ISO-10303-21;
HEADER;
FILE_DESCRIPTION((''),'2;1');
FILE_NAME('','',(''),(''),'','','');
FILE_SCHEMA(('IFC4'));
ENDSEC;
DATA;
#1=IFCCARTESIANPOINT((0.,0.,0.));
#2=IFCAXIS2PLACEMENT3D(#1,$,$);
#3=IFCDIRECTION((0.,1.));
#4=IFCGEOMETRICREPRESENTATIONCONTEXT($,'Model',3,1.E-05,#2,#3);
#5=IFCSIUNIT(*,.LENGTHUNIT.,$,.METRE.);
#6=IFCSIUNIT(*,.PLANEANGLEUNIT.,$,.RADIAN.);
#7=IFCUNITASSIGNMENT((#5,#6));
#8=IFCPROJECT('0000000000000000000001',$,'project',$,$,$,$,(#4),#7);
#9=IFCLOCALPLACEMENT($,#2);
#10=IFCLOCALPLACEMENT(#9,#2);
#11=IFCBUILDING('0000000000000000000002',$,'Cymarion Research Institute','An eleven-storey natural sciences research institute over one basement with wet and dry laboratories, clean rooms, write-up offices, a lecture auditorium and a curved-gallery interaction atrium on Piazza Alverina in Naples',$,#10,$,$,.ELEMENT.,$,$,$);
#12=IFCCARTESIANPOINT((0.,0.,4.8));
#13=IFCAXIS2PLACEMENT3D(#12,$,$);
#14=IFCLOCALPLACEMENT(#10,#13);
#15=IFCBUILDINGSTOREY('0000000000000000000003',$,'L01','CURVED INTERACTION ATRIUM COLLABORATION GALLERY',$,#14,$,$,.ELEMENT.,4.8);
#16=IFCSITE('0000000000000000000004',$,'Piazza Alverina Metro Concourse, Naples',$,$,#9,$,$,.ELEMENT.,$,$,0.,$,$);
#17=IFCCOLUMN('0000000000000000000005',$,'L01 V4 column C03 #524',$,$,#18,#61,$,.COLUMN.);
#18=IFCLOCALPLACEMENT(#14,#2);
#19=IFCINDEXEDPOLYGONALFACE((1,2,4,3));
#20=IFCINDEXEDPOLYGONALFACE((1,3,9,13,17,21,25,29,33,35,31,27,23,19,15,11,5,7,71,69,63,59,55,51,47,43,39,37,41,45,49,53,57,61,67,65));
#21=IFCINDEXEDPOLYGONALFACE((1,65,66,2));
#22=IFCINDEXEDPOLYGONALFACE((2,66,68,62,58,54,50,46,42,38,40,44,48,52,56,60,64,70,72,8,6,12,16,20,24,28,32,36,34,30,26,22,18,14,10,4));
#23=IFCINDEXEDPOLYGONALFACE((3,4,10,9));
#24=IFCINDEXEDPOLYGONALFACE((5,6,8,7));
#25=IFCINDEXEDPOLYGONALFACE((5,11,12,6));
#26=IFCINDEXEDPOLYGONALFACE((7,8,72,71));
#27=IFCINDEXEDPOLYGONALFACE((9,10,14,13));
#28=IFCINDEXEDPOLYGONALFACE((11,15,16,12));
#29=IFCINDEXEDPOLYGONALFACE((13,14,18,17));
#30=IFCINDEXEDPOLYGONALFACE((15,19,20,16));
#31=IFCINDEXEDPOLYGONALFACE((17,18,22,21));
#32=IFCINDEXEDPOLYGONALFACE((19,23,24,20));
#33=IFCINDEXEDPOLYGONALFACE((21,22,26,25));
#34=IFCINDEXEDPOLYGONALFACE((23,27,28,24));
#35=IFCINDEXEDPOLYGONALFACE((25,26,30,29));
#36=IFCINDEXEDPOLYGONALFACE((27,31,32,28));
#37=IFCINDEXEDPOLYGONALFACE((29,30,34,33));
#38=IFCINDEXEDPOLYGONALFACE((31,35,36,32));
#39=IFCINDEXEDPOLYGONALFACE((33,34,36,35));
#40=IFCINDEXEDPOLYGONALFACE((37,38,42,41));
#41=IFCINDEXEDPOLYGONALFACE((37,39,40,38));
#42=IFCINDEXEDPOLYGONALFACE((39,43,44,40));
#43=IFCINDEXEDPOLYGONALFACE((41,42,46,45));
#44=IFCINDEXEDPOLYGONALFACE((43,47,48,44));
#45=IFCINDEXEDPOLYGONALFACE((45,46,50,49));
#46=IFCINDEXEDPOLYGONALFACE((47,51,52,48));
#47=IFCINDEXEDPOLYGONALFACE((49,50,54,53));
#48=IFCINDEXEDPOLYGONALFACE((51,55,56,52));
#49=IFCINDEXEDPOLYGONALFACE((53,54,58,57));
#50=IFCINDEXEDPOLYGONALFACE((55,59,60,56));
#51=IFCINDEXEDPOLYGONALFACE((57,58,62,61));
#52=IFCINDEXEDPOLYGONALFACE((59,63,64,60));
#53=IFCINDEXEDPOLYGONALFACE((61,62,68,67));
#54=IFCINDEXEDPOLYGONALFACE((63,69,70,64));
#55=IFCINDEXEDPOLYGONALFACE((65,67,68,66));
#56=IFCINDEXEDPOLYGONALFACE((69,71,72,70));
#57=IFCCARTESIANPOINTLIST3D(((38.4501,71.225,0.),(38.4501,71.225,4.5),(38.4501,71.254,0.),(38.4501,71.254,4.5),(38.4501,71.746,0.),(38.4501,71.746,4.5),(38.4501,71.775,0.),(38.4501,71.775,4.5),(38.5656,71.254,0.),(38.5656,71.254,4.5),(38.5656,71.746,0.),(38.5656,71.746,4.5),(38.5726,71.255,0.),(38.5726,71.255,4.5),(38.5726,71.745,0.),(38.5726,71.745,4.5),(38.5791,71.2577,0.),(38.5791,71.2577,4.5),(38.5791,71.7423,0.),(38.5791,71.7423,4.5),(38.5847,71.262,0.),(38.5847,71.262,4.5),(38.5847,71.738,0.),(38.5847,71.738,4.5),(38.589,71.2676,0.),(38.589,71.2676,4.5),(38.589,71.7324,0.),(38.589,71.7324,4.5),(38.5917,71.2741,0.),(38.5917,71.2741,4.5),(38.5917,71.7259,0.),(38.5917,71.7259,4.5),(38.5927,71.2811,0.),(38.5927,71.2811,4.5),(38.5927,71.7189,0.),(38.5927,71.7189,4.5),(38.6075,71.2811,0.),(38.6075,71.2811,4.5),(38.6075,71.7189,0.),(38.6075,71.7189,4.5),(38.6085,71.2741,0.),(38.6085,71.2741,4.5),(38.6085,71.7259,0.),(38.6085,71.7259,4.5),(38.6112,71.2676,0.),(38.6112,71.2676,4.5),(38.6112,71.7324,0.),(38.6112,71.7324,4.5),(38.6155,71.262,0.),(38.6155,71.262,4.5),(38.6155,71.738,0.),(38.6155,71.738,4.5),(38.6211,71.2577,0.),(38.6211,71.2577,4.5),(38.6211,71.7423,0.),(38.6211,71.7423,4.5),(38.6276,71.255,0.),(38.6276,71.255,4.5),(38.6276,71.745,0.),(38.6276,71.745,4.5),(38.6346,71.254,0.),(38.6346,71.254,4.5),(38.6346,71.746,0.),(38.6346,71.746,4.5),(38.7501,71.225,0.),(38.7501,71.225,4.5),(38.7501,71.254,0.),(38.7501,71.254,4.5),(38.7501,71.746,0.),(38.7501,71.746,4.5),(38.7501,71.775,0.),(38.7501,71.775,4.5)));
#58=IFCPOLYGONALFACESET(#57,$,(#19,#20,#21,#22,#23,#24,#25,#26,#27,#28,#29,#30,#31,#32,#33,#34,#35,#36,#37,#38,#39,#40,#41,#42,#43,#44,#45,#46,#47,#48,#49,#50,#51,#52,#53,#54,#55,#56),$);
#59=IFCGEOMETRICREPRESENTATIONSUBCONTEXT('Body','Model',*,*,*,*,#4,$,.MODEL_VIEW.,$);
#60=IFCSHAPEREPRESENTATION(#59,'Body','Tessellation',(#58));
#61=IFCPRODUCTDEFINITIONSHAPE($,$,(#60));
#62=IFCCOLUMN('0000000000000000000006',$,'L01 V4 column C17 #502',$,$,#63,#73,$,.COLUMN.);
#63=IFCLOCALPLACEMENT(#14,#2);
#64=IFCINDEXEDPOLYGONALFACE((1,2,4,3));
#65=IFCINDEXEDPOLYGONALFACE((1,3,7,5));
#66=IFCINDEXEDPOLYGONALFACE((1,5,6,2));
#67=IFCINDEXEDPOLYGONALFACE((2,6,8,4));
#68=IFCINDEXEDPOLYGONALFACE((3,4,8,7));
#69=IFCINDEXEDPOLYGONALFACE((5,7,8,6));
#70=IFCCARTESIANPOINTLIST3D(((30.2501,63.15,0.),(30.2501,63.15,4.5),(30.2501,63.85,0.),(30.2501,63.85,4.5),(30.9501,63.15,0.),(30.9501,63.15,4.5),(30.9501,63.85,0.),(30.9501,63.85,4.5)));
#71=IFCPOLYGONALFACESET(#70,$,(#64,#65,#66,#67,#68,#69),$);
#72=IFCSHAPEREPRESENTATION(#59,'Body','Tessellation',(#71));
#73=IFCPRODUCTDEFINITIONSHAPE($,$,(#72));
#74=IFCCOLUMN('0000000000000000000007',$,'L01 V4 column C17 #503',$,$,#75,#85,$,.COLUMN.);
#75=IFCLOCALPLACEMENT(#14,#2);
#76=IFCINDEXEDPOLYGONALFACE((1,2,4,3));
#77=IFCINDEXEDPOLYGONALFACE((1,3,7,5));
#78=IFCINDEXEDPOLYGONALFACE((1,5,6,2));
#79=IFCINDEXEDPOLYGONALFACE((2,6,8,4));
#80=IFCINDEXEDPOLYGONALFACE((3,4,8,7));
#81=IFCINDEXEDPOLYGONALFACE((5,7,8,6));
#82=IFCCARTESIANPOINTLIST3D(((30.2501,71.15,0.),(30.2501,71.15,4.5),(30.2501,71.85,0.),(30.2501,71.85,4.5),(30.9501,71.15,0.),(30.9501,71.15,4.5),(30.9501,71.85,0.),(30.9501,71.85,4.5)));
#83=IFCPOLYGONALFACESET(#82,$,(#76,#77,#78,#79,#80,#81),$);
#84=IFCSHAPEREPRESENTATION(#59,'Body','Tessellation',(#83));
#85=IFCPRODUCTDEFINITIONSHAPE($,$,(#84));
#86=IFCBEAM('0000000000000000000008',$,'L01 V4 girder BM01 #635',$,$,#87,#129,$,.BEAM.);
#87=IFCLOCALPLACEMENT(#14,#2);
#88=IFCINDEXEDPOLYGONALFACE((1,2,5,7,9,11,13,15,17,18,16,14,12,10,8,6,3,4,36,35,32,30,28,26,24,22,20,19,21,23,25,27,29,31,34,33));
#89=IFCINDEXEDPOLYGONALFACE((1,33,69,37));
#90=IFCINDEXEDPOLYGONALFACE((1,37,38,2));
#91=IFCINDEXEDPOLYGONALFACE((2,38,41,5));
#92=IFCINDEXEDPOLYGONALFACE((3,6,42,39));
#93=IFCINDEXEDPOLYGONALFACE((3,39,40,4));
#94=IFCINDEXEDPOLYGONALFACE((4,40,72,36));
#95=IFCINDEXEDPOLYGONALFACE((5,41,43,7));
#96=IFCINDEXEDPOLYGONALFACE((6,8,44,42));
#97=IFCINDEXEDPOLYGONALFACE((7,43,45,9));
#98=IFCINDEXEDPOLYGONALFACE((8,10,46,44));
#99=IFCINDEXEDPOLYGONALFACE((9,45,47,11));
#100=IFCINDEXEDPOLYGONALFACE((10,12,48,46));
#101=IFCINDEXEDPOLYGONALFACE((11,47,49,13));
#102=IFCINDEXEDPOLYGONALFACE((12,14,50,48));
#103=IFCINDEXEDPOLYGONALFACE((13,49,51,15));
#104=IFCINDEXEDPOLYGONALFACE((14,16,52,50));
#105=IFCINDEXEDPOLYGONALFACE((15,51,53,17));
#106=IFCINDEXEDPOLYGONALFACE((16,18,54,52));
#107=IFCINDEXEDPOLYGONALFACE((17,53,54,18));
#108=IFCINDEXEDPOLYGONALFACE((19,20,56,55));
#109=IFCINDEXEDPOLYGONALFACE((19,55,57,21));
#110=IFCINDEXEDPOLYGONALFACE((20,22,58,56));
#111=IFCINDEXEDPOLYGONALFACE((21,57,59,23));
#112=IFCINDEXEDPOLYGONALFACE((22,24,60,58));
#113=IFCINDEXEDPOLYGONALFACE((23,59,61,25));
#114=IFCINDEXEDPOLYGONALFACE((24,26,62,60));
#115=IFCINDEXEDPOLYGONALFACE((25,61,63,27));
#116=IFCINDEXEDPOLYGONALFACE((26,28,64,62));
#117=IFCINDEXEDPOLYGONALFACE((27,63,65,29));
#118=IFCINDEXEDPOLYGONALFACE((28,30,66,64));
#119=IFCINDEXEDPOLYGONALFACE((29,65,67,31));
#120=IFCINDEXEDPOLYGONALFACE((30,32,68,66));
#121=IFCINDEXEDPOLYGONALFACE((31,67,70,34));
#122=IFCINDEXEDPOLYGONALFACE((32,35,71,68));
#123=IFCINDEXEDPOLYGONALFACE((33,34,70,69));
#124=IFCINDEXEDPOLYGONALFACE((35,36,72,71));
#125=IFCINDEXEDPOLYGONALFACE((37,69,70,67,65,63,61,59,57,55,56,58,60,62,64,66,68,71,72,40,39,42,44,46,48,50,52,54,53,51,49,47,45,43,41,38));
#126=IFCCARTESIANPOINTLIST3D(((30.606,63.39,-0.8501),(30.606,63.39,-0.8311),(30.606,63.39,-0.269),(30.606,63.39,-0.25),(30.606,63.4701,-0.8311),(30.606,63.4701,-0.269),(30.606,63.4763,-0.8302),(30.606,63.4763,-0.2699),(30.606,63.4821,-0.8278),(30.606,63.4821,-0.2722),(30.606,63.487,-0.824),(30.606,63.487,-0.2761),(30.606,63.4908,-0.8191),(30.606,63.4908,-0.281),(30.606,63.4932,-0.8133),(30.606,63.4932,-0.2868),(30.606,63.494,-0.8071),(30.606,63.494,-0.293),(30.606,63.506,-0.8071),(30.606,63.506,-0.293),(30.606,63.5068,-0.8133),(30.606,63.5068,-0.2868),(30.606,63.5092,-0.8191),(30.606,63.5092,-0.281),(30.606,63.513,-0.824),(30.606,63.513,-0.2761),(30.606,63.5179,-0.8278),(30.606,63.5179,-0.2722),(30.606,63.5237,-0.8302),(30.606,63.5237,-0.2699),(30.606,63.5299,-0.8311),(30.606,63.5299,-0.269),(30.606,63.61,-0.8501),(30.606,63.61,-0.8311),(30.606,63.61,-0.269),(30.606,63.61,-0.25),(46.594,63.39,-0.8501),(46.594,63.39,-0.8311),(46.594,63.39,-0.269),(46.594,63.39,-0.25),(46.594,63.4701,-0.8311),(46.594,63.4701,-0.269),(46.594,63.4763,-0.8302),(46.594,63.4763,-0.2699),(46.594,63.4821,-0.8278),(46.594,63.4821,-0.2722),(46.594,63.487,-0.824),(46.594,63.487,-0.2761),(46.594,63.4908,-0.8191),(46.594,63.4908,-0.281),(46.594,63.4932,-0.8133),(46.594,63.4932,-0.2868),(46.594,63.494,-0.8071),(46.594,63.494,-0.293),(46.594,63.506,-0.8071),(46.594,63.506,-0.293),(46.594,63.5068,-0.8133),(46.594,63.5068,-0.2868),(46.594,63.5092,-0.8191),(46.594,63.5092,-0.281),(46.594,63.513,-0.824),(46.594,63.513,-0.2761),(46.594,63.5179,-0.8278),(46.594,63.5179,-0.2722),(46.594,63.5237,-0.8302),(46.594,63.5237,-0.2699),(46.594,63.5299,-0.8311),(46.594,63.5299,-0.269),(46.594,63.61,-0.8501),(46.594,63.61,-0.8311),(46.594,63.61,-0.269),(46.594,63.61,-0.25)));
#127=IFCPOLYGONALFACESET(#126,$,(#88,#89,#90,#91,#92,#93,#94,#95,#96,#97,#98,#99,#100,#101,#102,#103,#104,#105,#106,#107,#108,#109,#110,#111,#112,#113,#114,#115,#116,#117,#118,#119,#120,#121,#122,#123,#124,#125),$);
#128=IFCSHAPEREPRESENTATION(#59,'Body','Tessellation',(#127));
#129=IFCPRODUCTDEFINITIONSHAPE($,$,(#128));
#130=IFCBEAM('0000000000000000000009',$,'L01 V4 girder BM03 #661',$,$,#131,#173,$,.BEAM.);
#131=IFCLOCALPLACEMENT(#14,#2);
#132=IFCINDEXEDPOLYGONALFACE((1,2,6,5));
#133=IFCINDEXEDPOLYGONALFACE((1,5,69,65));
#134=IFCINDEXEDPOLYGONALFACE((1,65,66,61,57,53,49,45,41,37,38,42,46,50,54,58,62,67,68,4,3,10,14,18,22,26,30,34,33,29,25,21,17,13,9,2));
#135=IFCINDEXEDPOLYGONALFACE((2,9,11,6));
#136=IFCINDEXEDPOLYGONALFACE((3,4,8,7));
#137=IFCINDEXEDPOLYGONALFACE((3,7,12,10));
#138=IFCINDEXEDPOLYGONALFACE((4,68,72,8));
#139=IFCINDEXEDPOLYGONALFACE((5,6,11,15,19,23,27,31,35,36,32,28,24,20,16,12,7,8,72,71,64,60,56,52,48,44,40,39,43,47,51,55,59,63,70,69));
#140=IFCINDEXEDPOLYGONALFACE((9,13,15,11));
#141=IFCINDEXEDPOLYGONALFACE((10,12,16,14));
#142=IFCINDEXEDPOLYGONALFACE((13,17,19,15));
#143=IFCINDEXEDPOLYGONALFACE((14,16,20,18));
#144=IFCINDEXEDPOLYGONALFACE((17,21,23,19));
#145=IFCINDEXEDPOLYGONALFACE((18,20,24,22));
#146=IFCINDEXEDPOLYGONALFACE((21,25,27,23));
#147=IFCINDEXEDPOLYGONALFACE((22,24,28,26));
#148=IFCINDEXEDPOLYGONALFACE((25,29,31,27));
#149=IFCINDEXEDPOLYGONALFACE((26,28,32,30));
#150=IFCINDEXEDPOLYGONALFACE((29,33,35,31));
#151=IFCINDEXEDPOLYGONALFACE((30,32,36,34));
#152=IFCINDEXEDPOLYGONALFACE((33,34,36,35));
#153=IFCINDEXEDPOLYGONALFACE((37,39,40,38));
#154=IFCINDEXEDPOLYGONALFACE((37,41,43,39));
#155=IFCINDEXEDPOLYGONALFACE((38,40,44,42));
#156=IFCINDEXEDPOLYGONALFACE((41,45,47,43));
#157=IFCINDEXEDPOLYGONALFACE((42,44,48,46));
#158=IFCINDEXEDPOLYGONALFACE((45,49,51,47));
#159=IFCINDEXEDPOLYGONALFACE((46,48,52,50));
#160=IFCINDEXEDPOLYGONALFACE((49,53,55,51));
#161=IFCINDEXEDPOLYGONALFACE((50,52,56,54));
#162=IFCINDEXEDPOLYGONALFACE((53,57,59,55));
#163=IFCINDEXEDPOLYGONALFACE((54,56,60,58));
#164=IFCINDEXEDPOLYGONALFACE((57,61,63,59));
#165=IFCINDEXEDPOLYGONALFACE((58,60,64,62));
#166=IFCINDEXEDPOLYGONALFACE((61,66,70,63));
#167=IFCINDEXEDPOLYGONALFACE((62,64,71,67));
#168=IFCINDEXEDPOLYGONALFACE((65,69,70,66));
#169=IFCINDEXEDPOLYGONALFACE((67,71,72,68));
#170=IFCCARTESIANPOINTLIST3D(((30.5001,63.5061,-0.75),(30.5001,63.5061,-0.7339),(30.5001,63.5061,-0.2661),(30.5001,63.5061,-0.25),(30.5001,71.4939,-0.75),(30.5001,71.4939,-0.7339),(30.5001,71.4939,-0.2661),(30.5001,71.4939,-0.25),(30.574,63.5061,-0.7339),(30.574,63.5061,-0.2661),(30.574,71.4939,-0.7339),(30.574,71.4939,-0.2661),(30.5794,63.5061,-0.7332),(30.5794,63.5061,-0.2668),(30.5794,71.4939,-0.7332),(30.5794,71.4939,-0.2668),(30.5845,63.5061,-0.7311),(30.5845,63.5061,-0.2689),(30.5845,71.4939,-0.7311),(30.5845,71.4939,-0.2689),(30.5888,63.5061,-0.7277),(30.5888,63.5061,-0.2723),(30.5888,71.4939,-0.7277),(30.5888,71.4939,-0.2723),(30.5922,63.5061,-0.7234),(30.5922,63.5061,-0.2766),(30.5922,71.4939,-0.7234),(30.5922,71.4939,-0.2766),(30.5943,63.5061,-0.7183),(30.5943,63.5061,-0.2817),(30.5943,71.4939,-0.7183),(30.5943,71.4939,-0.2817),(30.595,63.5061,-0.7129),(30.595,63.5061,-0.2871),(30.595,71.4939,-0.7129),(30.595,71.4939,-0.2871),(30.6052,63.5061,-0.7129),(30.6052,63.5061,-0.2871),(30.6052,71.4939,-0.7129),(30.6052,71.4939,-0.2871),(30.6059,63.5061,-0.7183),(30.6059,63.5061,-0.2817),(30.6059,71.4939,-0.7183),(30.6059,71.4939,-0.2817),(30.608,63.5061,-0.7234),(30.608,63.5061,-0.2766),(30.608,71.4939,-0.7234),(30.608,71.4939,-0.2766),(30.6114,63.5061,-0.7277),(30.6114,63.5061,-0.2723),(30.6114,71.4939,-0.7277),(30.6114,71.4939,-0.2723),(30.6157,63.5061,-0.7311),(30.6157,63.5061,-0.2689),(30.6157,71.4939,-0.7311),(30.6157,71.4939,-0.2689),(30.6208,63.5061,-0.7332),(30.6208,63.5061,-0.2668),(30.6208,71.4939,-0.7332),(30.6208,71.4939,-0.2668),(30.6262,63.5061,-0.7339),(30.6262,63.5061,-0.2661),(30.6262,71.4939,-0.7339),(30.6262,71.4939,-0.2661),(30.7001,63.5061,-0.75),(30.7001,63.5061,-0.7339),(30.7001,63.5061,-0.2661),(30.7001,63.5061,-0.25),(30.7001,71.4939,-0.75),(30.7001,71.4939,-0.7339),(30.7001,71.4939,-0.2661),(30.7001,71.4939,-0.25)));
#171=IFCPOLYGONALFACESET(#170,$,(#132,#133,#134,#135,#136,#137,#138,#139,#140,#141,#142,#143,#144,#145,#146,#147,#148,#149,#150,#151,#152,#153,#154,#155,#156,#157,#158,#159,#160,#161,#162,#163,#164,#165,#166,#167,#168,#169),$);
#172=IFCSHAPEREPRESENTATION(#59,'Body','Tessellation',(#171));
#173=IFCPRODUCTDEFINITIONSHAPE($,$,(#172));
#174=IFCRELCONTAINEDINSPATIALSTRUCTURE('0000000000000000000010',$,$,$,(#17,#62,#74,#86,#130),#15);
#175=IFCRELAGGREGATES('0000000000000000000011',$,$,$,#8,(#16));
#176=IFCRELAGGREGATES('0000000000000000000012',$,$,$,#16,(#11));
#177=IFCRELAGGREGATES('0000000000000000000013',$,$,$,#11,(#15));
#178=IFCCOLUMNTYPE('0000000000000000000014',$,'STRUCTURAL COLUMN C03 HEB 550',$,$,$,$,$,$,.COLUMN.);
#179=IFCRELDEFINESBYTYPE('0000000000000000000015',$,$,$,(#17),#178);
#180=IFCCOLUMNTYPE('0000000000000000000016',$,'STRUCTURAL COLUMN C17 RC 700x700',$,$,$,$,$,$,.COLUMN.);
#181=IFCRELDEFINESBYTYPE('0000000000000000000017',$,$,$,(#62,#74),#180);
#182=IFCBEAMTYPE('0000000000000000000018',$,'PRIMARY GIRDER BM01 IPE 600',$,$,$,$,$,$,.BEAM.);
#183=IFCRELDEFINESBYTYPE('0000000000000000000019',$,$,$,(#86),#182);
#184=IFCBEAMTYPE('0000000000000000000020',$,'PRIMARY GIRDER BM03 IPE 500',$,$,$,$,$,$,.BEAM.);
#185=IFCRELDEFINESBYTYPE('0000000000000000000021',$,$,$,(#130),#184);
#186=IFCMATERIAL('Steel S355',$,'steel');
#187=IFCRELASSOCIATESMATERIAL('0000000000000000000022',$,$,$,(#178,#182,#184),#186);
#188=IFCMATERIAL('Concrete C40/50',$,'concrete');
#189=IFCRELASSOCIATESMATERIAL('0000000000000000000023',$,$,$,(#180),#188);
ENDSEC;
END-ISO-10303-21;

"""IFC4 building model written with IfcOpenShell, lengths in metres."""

from ifc_helpers import new_model, si_unit, direction, frame, origin, origin_2d, place, context, subcontext, project, spatial, rectangle, i_section, extrude, material, material_profile, profile_set, type_object, element, save


model = new_model("IFC4")

# Units and contexts
model_context = context("Model", 3, precision=1e-05, world=origin(), true_north=direction((0.0, 1.0)))
body_context = subcontext(model_context, "Body", "Model", "MODEL_VIEW")
ifc_project = project(units=[si_unit("LENGTHUNIT", "METRE"), si_unit("PLANEANGLEUNIT", "RADIAN")], contexts=[model_context])

# Site, building, storey
site_placement = place(None, origin())
site = spatial("IfcSite", under=ifc_project, at=site_placement, Name="Piazza Alverina Metro Concourse, Naples", CompositionType="ELEMENT", RefElevation=0.0)
building_placement = place(site_placement, origin())
building = spatial("IfcBuilding", under=site, at=building_placement, Name="Cymarion Research Institute", Description="An eleven-storey natural sciences research institute over one basement with wet and dry laboratories, clean rooms, write-up offices, a lecture auditorium and a curved-gallery interaction atrium on Piazza Alverina in Naples", CompositionType="ELEMENT")
storey_placement = place(building_placement, frame((0.0, 0.0, 4.8)))
storey = spatial("IfcBuildingStorey", under=building, at=storey_placement, Name="L01", Description="CURVED INTERACTION ATRIUM COLLABORATION GALLERY", CompositionType="ELEMENT", Elevation=4.8)

# Columns
ifc_material_1 = material(Name="Steel S355", Category="steel")
ifc_material_profile_1 = material_profile(ifc_material_1, i_section(OverallWidth=0.3, OverallDepth=0.55, WebThickness=0.0149, FlangeThickness=0.0291, FilletRadius=0.0271, at=origin_2d()), Name="HEB 550")
ifc_profile_set_1 = profile_set([ifc_material_profile_1], Name="Steel S355")
column_type_1 = type_object("IfcColumnType", Name="STRUCTURAL COLUMN C03 HEB 550", PredefinedType="COLUMN", material=ifc_profile_set_1)
column_placement = place(storey_placement, frame((38.6001, 71.5, 0.0), z_axis=(0.0, 0.0, 1.0), x_axis=(1.0, 0.0, 0.0)))
element("IfcColumn", 1, at=column_placement, inside=storey, type_object=column_type_1, Name="L01 V4 column C03 #524", PredefinedType="COLUMN", context=body_context, shape_type="SweptSolid", body=[
    extrude(i_section(OverallWidth=0.3, OverallDepth=0.55, WebThickness=0.0149, FlangeThickness=0.0291, FilletRadius=0.0271, at=origin_2d()), origin(), (0.0, 0.0, 1.0), 4.5),
])
ifc_material_2 = material(Name="Concrete C40/50", Category="concrete")
ifc_material_profile_2 = material_profile(ifc_material_2, rectangle(XDim=0.7, YDim=0.7, at=origin_2d()), Name="RC 700x700")
ifc_profile_set_2 = profile_set([ifc_material_profile_2], Name="Concrete C40/50")
column_type_2 = type_object("IfcColumnType", Name="STRUCTURAL COLUMN C17 RC 700x700", PredefinedType="COLUMN", material=ifc_profile_set_2)
for number, where, z_axis, x_axis, name in (
    (2, (30.6001, 63.5, 0.0), (0.0, 0.0, 1.0), (1.0, 0.0, 0.0), "L01 V4 column C17 #502"),
    (3, (30.6001, 71.5, 0.0), (0.0, 0.0, 1.0), (1.0, 0.0, 0.0), "L01 V4 column C17 #503"),
):
    element("IfcColumn", number, at=place(storey_placement, frame(where, z_axis=z_axis, x_axis=x_axis)), inside=storey, type_object=column_type_2, Name=name, PredefinedType="COLUMN", context=body_context, shape_type="SweptSolid", body=[
        extrude(rectangle(XDim=0.7, YDim=0.7, at=origin_2d()), origin(), (0.0, 0.0, 1.0), 4.5),
    ])

# Beams
ifc_material_profile_3 = material_profile(ifc_material_1, i_section(OverallWidth=0.22, OverallDepth=0.6001, WebThickness=0.012, FlangeThickness=0.019, FilletRadius=0.0239, at=origin_2d()), Name="IPE 600")
ifc_profile_set_3 = profile_set([ifc_material_profile_3], Name="Steel S355")
beam_type_1 = type_object("IfcBeamType", Name="PRIMARY GIRDER BM01 IPE 600", PredefinedType="BEAM", material=ifc_profile_set_3)
beam_1_placement = place(storey_placement, frame((30.606, 63.5, -0.55), z_axis=(1.0, 0.0, 0.0), x_axis=(0.0, 1.0, 0.0)))
element("IfcBeam", 4, at=beam_1_placement, inside=storey, type_object=beam_type_1, Name="L01 V4 girder BM01 #635", PredefinedType="BEAM", context=body_context, shape_type="SweptSolid", body=[
    extrude(i_section(OverallWidth=0.22, OverallDepth=0.6001, WebThickness=0.012, FlangeThickness=0.019, FilletRadius=0.0239, at=origin_2d()), origin(), (0.0, 0.0, 1.0), 15.988),
])
ifc_material_profile_4 = material_profile(ifc_material_1, i_section(OverallWidth=0.2, OverallDepth=0.5, WebThickness=0.0103, FlangeThickness=0.0161, FilletRadius=0.021, at=origin_2d()), Name="IPE 500")
ifc_profile_set_4 = profile_set([ifc_material_profile_4], Name="Steel S355")
beam_type_2 = type_object("IfcBeamType", Name="PRIMARY GIRDER BM03 IPE 500", PredefinedType="BEAM", material=ifc_profile_set_4)
beam_2_placement = place(storey_placement, frame((30.6001, 63.5061, -0.5), z_axis=(0.0, 1.0, 0.0), x_axis=(-1.0, 0.0, 0.0)))
element("IfcBeam", 5, at=beam_2_placement, inside=storey, type_object=beam_type_2, Name="L01 V4 girder BM03 #661", PredefinedType="BEAM", context=body_context, shape_type="SweptSolid", body=[
    extrude(i_section(OverallWidth=0.2, OverallDepth=0.5, WebThickness=0.0103, FlangeThickness=0.0161, FilletRadius=0.021, at=origin_2d()), origin(), (0.0, 0.0, 1.0), 7.9878),
])

save(model, "model.ifc")
